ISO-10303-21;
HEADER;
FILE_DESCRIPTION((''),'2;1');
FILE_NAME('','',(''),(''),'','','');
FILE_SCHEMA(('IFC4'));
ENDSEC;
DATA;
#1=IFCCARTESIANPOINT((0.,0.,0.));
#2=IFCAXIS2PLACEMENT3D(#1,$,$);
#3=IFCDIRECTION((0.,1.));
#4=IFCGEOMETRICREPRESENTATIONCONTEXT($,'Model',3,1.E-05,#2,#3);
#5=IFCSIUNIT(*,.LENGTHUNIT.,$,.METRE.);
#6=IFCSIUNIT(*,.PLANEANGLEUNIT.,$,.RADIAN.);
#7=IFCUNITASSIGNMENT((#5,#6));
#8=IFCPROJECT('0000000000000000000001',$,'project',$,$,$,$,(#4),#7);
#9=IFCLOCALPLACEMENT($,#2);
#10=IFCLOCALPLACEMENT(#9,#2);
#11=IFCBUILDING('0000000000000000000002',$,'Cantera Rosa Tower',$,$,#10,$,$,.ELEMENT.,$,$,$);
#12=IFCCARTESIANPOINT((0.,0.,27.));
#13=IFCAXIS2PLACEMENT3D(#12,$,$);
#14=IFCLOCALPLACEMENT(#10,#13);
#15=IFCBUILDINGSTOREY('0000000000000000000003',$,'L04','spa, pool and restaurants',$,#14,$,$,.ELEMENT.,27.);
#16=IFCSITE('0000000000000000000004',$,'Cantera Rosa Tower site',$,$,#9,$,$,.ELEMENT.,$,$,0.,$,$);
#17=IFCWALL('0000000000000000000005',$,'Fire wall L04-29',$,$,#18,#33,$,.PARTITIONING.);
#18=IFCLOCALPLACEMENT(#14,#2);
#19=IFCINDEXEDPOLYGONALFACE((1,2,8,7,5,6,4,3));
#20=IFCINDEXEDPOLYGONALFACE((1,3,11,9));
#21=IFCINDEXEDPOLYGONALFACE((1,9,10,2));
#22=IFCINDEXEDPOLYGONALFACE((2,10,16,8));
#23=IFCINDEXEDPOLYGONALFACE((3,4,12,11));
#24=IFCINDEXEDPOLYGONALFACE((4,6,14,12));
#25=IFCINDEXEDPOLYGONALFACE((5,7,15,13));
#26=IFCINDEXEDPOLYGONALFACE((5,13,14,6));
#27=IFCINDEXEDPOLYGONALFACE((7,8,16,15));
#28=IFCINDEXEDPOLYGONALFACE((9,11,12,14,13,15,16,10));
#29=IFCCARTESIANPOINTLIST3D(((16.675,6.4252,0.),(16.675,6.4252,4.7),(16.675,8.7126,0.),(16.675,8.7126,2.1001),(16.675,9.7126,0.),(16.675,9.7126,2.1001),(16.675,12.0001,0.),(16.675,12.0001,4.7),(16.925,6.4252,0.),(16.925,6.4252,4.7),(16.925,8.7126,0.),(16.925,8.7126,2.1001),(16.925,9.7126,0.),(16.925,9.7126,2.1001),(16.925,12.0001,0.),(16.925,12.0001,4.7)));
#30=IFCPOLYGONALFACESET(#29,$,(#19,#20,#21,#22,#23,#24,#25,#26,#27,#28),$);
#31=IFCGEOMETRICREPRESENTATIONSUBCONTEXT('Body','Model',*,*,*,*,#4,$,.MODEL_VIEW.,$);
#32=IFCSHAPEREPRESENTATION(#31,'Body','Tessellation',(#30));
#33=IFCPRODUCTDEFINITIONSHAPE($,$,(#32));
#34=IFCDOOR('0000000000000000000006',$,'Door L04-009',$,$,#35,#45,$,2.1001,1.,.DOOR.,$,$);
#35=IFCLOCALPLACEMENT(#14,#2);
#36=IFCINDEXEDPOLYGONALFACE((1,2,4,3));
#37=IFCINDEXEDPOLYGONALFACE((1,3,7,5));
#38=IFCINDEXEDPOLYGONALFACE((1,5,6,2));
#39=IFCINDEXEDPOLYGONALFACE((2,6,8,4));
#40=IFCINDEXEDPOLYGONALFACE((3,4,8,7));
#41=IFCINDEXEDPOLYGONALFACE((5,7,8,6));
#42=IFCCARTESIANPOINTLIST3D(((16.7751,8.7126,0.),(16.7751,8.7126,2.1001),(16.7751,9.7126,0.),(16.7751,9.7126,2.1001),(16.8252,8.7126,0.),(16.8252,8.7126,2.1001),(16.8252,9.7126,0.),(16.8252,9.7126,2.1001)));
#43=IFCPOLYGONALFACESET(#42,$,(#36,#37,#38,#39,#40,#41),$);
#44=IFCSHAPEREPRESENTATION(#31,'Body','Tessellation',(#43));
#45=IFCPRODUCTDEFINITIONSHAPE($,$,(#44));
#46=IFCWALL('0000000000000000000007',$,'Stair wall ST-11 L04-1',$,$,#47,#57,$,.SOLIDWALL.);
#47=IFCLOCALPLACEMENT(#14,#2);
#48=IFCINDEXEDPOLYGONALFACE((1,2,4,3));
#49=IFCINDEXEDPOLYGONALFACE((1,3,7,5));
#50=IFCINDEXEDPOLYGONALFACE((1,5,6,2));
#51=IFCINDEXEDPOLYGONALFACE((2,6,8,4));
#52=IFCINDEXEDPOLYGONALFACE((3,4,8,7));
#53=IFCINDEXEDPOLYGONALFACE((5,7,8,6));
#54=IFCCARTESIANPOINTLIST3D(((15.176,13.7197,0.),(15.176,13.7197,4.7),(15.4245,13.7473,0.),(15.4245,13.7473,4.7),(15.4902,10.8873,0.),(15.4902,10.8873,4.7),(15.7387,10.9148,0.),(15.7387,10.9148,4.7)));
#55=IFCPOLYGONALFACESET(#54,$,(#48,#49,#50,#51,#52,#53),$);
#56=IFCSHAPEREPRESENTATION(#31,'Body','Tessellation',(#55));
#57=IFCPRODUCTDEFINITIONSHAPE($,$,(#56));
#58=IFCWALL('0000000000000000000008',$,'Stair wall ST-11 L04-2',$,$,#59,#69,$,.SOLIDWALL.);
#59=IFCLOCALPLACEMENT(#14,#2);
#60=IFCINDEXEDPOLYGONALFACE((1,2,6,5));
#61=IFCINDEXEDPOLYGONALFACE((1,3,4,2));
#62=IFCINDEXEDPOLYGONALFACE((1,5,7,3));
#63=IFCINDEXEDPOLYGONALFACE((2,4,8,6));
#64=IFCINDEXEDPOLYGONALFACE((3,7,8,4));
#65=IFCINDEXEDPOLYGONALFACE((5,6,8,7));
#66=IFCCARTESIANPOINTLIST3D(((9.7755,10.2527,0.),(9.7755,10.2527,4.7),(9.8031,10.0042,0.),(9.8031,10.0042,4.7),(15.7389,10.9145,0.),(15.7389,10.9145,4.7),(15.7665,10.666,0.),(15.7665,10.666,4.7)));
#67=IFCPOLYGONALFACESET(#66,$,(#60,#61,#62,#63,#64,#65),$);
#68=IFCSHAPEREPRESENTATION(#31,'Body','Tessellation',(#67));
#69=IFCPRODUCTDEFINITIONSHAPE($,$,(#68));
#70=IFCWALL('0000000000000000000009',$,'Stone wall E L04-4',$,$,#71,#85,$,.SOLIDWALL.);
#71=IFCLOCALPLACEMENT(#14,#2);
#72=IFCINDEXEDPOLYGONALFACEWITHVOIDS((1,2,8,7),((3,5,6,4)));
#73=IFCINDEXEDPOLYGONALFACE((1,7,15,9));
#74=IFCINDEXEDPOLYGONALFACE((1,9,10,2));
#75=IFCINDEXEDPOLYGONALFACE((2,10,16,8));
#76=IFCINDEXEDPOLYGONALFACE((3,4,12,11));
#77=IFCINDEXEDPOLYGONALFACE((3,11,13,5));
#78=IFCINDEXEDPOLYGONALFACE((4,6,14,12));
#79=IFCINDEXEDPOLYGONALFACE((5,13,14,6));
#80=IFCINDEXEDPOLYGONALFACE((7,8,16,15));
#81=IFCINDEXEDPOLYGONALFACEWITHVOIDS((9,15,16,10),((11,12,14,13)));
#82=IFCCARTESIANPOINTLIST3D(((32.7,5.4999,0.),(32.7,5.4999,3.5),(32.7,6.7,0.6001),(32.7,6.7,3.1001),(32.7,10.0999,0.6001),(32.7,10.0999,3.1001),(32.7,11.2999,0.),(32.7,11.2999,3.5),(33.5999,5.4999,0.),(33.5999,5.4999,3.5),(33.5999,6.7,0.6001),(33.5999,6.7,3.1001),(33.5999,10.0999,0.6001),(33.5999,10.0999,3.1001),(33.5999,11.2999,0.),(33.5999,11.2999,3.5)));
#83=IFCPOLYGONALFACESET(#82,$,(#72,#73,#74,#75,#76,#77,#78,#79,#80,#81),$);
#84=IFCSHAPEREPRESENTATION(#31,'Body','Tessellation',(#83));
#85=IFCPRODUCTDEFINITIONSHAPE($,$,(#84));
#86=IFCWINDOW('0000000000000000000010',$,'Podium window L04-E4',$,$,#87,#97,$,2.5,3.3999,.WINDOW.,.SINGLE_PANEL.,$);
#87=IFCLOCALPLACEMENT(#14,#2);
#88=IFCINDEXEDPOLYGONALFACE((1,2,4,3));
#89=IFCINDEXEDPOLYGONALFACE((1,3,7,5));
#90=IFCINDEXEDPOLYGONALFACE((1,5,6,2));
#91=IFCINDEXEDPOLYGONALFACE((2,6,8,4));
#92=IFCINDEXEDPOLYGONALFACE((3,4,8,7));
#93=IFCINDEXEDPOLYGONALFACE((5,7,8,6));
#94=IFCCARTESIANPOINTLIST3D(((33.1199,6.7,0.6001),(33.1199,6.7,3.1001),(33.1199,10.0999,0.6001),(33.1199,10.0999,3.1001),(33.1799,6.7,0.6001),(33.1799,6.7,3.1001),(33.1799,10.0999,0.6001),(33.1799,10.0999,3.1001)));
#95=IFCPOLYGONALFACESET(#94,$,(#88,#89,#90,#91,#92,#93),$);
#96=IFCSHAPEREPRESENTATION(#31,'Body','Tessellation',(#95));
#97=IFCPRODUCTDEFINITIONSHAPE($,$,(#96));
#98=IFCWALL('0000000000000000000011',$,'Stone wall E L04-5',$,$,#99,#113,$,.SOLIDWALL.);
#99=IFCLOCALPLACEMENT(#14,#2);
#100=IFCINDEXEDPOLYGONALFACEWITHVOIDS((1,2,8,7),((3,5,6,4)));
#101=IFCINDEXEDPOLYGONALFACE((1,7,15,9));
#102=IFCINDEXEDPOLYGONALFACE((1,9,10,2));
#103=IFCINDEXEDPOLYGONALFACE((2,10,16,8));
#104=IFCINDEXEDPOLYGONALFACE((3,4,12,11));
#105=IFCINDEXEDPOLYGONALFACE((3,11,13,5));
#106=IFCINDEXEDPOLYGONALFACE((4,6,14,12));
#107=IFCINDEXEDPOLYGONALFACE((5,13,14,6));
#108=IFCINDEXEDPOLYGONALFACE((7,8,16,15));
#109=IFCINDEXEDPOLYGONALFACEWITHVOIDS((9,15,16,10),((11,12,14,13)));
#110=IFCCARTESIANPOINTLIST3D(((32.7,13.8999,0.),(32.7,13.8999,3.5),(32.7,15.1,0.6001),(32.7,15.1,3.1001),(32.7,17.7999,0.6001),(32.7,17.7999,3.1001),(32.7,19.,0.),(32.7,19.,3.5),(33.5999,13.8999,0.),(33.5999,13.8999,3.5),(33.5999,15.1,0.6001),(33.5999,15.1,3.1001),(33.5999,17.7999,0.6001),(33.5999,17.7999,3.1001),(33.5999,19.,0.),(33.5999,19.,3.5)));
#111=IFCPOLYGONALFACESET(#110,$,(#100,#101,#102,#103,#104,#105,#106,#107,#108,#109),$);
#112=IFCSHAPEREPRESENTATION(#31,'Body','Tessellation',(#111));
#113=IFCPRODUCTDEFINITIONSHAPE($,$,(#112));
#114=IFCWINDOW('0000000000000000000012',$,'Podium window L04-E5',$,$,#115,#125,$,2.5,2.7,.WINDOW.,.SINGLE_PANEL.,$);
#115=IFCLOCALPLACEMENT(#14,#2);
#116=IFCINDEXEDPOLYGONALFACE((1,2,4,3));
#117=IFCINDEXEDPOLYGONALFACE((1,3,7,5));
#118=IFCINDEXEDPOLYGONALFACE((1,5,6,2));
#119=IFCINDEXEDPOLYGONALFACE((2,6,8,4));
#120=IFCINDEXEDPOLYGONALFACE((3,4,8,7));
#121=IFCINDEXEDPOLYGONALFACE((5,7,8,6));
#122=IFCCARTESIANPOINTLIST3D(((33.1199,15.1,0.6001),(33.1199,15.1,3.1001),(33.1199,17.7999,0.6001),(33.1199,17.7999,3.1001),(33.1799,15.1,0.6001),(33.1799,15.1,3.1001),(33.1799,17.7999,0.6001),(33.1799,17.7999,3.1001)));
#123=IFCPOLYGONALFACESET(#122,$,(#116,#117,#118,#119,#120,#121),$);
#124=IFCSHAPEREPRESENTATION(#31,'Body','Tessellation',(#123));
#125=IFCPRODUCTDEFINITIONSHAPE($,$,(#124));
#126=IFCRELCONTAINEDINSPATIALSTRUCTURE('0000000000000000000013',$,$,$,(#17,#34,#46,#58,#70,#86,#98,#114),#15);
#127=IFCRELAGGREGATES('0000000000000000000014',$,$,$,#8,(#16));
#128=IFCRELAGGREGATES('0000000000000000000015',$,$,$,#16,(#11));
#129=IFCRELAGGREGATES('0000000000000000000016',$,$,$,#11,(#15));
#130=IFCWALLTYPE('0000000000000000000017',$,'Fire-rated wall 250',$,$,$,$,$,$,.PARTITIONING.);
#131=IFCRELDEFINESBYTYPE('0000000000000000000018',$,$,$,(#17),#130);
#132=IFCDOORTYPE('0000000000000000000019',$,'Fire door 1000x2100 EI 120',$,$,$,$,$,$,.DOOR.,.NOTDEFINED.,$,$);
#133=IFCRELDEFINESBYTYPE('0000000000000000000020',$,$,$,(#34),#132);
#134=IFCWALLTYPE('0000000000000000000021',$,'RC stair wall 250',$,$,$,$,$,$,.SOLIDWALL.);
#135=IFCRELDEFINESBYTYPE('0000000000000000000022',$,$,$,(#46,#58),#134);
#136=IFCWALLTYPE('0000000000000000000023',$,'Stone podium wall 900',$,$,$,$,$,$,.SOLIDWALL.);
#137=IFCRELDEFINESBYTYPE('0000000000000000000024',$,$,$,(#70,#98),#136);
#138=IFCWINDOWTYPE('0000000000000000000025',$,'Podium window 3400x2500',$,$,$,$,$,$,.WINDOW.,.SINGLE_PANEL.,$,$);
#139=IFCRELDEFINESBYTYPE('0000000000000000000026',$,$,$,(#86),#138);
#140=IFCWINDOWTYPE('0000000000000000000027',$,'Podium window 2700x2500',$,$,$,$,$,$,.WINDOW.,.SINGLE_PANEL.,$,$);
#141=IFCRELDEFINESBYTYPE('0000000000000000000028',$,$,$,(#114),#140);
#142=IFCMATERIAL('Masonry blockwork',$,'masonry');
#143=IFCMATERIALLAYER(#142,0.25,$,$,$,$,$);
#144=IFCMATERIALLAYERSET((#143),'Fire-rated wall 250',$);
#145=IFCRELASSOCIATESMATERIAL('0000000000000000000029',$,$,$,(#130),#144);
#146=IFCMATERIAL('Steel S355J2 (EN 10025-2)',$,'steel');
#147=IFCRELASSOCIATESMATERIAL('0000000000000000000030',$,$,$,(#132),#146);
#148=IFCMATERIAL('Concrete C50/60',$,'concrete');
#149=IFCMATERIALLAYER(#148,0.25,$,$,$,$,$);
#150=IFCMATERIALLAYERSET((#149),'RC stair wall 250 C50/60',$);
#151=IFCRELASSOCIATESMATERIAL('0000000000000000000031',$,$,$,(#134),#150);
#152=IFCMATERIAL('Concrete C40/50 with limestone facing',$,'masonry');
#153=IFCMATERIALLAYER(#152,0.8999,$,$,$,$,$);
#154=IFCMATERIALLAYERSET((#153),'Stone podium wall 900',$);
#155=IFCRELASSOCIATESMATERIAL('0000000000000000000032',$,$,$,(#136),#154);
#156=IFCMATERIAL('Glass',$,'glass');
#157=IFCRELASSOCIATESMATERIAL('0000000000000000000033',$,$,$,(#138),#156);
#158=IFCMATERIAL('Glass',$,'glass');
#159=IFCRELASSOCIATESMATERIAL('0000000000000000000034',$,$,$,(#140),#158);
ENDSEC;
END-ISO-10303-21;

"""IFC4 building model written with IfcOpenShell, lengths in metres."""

from ifc_helpers import new_model, si_unit, direction, frame, frame_2d, origin, place, context, subcontext, project, spatial, rectangle, extrude, material, layer, layer_set, type_object, element, fill, save


model = new_model("IFC4")

# Units and contexts
model_context = context("Model", 3, precision=1e-05, world=origin(), true_north=direction((0.0, 1.0)))
body_context = subcontext(model_context, "Body", "Model", "MODEL_VIEW")
ifc_project = project(units=[si_unit("LENGTHUNIT", "METRE"), si_unit("PLANEANGLEUNIT", "RADIAN")], contexts=[model_context])

# Site, building, storey
site_placement = place(None, origin())
site = spatial("IfcSite", under=ifc_project, at=site_placement, Name="Cantera Rosa Tower site", CompositionType="ELEMENT", RefElevation=0.0)
building_placement = place(site_placement, origin())
building = spatial("IfcBuilding", under=site, at=building_placement, Name="Cantera Rosa Tower", CompositionType="ELEMENT")
storey_placement = place(building_placement, frame((0.0, 0.0, 27.0)))
storey = spatial("IfcBuildingStorey", under=building, at=storey_placement, Name="L04", Description="spa, pool and restaurants", CompositionType="ELEMENT", Elevation=27.0)

# Shared definitions
ifc_material_1 = material(Name="Masonry blockwork", Category="masonry")
ifc_layer_1 = layer(ifc_material_1, 0.25)
ifc_layer_set_1 = layer_set([ifc_layer_1], Name="Fire-rated wall 250")
wall_type_1 = type_object("IfcWallType", Name="Fire-rated wall 250", PredefinedType="PARTITIONING", material=ifc_layer_set_1)

# Wall, opening, door
wall_1_placement = place(storey_placement, frame((16.8, 6.425, 0.0), z_axis=(0.0, 0.0, 1.0), x_axis=(0.0, 1.0, 0.0)))
wall_1 = element("IfcWall", 1, at=wall_1_placement, inside=storey, type_object=wall_type_1, Name="Fire wall L04-29", PredefinedType="PARTITIONING", context=body_context, shape_type="SweptSolid", body=[
    extrude(rectangle(XDim=5.575, YDim=0.25, at=frame_2d((2.7876, 0.0))), origin(), (0.0, 0.0, 1.0), 4.7),
])
opening_1_placement = place(wall_1_placement, frame((2.2876, 0.0, 0.0)))
opening_1 = element("IfcOpeningElement", 2, at=opening_1_placement, cuts=wall_1, PredefinedType="OPENING", context=body_context, shape_type="SweptSolid", body=[
    extrude(rectangle(XDim=1.0, YDim=2.1001, at=frame_2d((0.5, 1.05))), frame((0.0, 0.135, 0.0), z_axis=(0.0, -1.0, 0.0), x_axis=(1.0, 0.0, 0.0)), (0.0, 0.0, 1.0), 0.27),
])
ifc_material_2 = material(Name="Steel S355J2 (EN 10025-2)", Category="steel")
door_type_1 = type_object("IfcDoorType", Name="Fire door 1000x2100 EI 120", OperationType="NOTDEFINED", PredefinedType="DOOR", material=ifc_material_2)
door_1_placement = place(opening_1_placement, origin())
door_1 = element("IfcDoor", 3, at=door_1_placement, inside=storey, type_object=door_type_1, Name="Door L04-009", OverallHeight=2.1001, OverallWidth=1.0, PredefinedType="DOOR", context=body_context, shape_type="SweptSolid", body=[
    extrude(rectangle(XDim=1.0, YDim=2.1001, at=frame_2d((0.5, 1.05))), frame((0.0, 0.0249, 0.0), z_axis=(0.0, -1.0, 0.0), x_axis=(1.0, 0.0, 0.0)), (0.0, 0.0, 1.0), 0.05),
])
fill(opening_1, door_1)

# Walls
ifc_material_3 = material(Name="Concrete C50/60", Category="concrete")
ifc_layer_2 = layer(ifc_material_3, 0.25)
ifc_layer_set_2 = layer_set([ifc_layer_2], Name="RC stair wall 250 C50/60")
wall_type_2 = type_object("IfcWallType", Name="RC stair wall 250", PredefinedType="SOLIDWALL", material=ifc_layer_set_2)
wall_2_placement = place(storey_placement, frame((15.3003, 13.7334, 0.0), z_axis=(0.0, 0.0, 1.0), x_axis=(0.110253, -0.993904, 0.0)))
element("IfcWall", 4, at=wall_2_placement, inside=storey, type_object=wall_type_2, Name="Stair wall ST-11 L04-1", PredefinedType="SOLIDWALL", context=body_context, shape_type="SweptSolid", body=[
    extrude(rectangle(XDim=2.8499, YDim=0.25, at=frame_2d((1.4248, 0.0))), origin(), (0.0, 0.0, 1.0), 4.7),
])
wall_3_placement = place(storey_placement, frame((15.7527, 10.7903, 0.0), z_axis=(0.0, 0.0, 1.0), x_axis=(-0.993897, -0.110311, 0.0)))
element("IfcWall", 5, at=wall_3_placement, inside=storey, type_object=wall_type_2, Name="Stair wall ST-11 L04-2", PredefinedType="SOLIDWALL", context=body_context, shape_type="SweptSolid", body=[
    extrude(rectangle(XDim=6.0, YDim=0.25, at=frame_2d((3.0, 0.0))), origin(), (0.0, 0.0, 1.0), 4.7),
])

# Walls, openings, windows
ifc_material_4 = material(Name="Concrete C40/50 with limestone facing", Category="masonry")
ifc_layer_3 = layer(ifc_material_4, 0.8999)
ifc_layer_set_3 = layer_set([ifc_layer_3], Name="Stone podium wall 900")
wall_type_3 = type_object("IfcWallType", Name="Stone podium wall 900", PredefinedType="SOLIDWALL", material=ifc_layer_set_3)
wall_4_placement = place(storey_placement, frame((33.1499, 5.5, 0.0), z_axis=(0.0, 0.0, 1.0), x_axis=(0.0, 1.0, 0.0)))
wall_4 = element("IfcWall", 6, at=wall_4_placement, inside=storey, type_object=wall_type_3, Name="Stone wall E L04-4", PredefinedType="SOLIDWALL", context=body_context, shape_type="SweptSolid", body=[
    extrude(rectangle(XDim=5.8, YDim=0.8999, at=frame_2d((2.8999, 0.0))), origin(), (0.0, 0.0, 1.0), 3.5),
])
opening_2_placement = place(wall_4_placement, frame((1.2, 0.0, 0.6001)))
opening_2 = element("IfcOpeningElement", 7, at=opening_2_placement, cuts=wall_4, PredefinedType="OPENING", context=body_context, shape_type="SweptSolid", body=[
    extrude(rectangle(XDim=3.3999, YDim=2.5, at=frame_2d((1.7, 1.25))), frame((0.0, 0.46, 0.0), z_axis=(0.0, -1.0, 0.0), x_axis=(1.0, 0.0, 0.0)), (0.0, 0.0, 1.0), 0.9199),
])
ifc_material_5 = material(Name="Glass", Category="glass")
window_type_1 = type_object("IfcWindowType", Name="Podium window 3400x2500", PartitioningType="SINGLE_PANEL", PredefinedType="WINDOW", material=ifc_material_5)
window_1_placement = place(opening_2_placement, origin())
window_1 = element("IfcWindow", 8, at=window_1_placement, inside=storey, type_object=window_type_1, Name="Podium window L04-E4", OverallHeight=2.5, OverallWidth=3.3999, PartitioningType="SINGLE_PANEL", PredefinedType="WINDOW", context=body_context, shape_type="SweptSolid", body=[
    extrude(rectangle(XDim=3.3999, YDim=2.5, at=frame_2d((1.7, 1.25))), frame((0.0, 0.03, 0.0), z_axis=(0.0, -1.0, 0.0), x_axis=(1.0, 0.0, 0.0)), (0.0, 0.0, 1.0), 0.0601),
])
fill(opening_2, window_1)
wall_5_placement = place(storey_placement, frame((33.1499, 13.8999, 0.0), z_axis=(0.0, 0.0, 1.0), x_axis=(0.0, 1.0, 0.0)))
wall_5 = element("IfcWall", 9, at=wall_5_placement, inside=storey, type_object=wall_type_3, Name="Stone wall E L04-5", PredefinedType="SOLIDWALL", context=body_context, shape_type="SweptSolid", body=[
    extrude(rectangle(XDim=5.1001, YDim=0.8999, at=frame_2d((2.55, 0.0))), origin(), (0.0, 0.0, 1.0), 3.5),
])
opening_3_placement = place(wall_5_placement, frame((1.2, 0.0, 0.6001)))
opening_3 = element("IfcOpeningElement", 10, at=opening_3_placement, cuts=wall_5, PredefinedType="OPENING", context=body_context, shape_type="SweptSolid", body=[
    extrude(rectangle(XDim=2.7, YDim=2.5, at=frame_2d((1.3501, 1.25))), frame((0.0, 0.46, 0.0), z_axis=(0.0, -1.0, 0.0), x_axis=(1.0, 0.0, 0.0)), (0.0, 0.0, 1.0), 0.9199),
])
ifc_material_6 = material(Name="Glass", Category="glass")
window_type_2 = type_object("IfcWindowType", Name="Podium window 2700x2500", PartitioningType="SINGLE_PANEL", PredefinedType="WINDOW", material=ifc_material_6)
window_2_placement = place(opening_3_placement, origin())
window_2 = element("IfcWindow", 11, at=window_2_placement, inside=storey, type_object=window_type_2, Name="Podium window L04-E5", OverallHeight=2.5, OverallWidth=2.7, PartitioningType="SINGLE_PANEL", PredefinedType="WINDOW", context=body_context, shape_type="SweptSolid", body=[
    extrude(rectangle(XDim=2.7, YDim=2.5, at=frame_2d((1.3501, 1.25))), frame((0.0, 0.03, 0.0), z_axis=(0.0, -1.0, 0.0), x_axis=(1.0, 0.0, 0.0)), (0.0, 0.0, 1.0), 0.0601),
])
fill(opening_3, window_2)

save(model, "model.ifc")
